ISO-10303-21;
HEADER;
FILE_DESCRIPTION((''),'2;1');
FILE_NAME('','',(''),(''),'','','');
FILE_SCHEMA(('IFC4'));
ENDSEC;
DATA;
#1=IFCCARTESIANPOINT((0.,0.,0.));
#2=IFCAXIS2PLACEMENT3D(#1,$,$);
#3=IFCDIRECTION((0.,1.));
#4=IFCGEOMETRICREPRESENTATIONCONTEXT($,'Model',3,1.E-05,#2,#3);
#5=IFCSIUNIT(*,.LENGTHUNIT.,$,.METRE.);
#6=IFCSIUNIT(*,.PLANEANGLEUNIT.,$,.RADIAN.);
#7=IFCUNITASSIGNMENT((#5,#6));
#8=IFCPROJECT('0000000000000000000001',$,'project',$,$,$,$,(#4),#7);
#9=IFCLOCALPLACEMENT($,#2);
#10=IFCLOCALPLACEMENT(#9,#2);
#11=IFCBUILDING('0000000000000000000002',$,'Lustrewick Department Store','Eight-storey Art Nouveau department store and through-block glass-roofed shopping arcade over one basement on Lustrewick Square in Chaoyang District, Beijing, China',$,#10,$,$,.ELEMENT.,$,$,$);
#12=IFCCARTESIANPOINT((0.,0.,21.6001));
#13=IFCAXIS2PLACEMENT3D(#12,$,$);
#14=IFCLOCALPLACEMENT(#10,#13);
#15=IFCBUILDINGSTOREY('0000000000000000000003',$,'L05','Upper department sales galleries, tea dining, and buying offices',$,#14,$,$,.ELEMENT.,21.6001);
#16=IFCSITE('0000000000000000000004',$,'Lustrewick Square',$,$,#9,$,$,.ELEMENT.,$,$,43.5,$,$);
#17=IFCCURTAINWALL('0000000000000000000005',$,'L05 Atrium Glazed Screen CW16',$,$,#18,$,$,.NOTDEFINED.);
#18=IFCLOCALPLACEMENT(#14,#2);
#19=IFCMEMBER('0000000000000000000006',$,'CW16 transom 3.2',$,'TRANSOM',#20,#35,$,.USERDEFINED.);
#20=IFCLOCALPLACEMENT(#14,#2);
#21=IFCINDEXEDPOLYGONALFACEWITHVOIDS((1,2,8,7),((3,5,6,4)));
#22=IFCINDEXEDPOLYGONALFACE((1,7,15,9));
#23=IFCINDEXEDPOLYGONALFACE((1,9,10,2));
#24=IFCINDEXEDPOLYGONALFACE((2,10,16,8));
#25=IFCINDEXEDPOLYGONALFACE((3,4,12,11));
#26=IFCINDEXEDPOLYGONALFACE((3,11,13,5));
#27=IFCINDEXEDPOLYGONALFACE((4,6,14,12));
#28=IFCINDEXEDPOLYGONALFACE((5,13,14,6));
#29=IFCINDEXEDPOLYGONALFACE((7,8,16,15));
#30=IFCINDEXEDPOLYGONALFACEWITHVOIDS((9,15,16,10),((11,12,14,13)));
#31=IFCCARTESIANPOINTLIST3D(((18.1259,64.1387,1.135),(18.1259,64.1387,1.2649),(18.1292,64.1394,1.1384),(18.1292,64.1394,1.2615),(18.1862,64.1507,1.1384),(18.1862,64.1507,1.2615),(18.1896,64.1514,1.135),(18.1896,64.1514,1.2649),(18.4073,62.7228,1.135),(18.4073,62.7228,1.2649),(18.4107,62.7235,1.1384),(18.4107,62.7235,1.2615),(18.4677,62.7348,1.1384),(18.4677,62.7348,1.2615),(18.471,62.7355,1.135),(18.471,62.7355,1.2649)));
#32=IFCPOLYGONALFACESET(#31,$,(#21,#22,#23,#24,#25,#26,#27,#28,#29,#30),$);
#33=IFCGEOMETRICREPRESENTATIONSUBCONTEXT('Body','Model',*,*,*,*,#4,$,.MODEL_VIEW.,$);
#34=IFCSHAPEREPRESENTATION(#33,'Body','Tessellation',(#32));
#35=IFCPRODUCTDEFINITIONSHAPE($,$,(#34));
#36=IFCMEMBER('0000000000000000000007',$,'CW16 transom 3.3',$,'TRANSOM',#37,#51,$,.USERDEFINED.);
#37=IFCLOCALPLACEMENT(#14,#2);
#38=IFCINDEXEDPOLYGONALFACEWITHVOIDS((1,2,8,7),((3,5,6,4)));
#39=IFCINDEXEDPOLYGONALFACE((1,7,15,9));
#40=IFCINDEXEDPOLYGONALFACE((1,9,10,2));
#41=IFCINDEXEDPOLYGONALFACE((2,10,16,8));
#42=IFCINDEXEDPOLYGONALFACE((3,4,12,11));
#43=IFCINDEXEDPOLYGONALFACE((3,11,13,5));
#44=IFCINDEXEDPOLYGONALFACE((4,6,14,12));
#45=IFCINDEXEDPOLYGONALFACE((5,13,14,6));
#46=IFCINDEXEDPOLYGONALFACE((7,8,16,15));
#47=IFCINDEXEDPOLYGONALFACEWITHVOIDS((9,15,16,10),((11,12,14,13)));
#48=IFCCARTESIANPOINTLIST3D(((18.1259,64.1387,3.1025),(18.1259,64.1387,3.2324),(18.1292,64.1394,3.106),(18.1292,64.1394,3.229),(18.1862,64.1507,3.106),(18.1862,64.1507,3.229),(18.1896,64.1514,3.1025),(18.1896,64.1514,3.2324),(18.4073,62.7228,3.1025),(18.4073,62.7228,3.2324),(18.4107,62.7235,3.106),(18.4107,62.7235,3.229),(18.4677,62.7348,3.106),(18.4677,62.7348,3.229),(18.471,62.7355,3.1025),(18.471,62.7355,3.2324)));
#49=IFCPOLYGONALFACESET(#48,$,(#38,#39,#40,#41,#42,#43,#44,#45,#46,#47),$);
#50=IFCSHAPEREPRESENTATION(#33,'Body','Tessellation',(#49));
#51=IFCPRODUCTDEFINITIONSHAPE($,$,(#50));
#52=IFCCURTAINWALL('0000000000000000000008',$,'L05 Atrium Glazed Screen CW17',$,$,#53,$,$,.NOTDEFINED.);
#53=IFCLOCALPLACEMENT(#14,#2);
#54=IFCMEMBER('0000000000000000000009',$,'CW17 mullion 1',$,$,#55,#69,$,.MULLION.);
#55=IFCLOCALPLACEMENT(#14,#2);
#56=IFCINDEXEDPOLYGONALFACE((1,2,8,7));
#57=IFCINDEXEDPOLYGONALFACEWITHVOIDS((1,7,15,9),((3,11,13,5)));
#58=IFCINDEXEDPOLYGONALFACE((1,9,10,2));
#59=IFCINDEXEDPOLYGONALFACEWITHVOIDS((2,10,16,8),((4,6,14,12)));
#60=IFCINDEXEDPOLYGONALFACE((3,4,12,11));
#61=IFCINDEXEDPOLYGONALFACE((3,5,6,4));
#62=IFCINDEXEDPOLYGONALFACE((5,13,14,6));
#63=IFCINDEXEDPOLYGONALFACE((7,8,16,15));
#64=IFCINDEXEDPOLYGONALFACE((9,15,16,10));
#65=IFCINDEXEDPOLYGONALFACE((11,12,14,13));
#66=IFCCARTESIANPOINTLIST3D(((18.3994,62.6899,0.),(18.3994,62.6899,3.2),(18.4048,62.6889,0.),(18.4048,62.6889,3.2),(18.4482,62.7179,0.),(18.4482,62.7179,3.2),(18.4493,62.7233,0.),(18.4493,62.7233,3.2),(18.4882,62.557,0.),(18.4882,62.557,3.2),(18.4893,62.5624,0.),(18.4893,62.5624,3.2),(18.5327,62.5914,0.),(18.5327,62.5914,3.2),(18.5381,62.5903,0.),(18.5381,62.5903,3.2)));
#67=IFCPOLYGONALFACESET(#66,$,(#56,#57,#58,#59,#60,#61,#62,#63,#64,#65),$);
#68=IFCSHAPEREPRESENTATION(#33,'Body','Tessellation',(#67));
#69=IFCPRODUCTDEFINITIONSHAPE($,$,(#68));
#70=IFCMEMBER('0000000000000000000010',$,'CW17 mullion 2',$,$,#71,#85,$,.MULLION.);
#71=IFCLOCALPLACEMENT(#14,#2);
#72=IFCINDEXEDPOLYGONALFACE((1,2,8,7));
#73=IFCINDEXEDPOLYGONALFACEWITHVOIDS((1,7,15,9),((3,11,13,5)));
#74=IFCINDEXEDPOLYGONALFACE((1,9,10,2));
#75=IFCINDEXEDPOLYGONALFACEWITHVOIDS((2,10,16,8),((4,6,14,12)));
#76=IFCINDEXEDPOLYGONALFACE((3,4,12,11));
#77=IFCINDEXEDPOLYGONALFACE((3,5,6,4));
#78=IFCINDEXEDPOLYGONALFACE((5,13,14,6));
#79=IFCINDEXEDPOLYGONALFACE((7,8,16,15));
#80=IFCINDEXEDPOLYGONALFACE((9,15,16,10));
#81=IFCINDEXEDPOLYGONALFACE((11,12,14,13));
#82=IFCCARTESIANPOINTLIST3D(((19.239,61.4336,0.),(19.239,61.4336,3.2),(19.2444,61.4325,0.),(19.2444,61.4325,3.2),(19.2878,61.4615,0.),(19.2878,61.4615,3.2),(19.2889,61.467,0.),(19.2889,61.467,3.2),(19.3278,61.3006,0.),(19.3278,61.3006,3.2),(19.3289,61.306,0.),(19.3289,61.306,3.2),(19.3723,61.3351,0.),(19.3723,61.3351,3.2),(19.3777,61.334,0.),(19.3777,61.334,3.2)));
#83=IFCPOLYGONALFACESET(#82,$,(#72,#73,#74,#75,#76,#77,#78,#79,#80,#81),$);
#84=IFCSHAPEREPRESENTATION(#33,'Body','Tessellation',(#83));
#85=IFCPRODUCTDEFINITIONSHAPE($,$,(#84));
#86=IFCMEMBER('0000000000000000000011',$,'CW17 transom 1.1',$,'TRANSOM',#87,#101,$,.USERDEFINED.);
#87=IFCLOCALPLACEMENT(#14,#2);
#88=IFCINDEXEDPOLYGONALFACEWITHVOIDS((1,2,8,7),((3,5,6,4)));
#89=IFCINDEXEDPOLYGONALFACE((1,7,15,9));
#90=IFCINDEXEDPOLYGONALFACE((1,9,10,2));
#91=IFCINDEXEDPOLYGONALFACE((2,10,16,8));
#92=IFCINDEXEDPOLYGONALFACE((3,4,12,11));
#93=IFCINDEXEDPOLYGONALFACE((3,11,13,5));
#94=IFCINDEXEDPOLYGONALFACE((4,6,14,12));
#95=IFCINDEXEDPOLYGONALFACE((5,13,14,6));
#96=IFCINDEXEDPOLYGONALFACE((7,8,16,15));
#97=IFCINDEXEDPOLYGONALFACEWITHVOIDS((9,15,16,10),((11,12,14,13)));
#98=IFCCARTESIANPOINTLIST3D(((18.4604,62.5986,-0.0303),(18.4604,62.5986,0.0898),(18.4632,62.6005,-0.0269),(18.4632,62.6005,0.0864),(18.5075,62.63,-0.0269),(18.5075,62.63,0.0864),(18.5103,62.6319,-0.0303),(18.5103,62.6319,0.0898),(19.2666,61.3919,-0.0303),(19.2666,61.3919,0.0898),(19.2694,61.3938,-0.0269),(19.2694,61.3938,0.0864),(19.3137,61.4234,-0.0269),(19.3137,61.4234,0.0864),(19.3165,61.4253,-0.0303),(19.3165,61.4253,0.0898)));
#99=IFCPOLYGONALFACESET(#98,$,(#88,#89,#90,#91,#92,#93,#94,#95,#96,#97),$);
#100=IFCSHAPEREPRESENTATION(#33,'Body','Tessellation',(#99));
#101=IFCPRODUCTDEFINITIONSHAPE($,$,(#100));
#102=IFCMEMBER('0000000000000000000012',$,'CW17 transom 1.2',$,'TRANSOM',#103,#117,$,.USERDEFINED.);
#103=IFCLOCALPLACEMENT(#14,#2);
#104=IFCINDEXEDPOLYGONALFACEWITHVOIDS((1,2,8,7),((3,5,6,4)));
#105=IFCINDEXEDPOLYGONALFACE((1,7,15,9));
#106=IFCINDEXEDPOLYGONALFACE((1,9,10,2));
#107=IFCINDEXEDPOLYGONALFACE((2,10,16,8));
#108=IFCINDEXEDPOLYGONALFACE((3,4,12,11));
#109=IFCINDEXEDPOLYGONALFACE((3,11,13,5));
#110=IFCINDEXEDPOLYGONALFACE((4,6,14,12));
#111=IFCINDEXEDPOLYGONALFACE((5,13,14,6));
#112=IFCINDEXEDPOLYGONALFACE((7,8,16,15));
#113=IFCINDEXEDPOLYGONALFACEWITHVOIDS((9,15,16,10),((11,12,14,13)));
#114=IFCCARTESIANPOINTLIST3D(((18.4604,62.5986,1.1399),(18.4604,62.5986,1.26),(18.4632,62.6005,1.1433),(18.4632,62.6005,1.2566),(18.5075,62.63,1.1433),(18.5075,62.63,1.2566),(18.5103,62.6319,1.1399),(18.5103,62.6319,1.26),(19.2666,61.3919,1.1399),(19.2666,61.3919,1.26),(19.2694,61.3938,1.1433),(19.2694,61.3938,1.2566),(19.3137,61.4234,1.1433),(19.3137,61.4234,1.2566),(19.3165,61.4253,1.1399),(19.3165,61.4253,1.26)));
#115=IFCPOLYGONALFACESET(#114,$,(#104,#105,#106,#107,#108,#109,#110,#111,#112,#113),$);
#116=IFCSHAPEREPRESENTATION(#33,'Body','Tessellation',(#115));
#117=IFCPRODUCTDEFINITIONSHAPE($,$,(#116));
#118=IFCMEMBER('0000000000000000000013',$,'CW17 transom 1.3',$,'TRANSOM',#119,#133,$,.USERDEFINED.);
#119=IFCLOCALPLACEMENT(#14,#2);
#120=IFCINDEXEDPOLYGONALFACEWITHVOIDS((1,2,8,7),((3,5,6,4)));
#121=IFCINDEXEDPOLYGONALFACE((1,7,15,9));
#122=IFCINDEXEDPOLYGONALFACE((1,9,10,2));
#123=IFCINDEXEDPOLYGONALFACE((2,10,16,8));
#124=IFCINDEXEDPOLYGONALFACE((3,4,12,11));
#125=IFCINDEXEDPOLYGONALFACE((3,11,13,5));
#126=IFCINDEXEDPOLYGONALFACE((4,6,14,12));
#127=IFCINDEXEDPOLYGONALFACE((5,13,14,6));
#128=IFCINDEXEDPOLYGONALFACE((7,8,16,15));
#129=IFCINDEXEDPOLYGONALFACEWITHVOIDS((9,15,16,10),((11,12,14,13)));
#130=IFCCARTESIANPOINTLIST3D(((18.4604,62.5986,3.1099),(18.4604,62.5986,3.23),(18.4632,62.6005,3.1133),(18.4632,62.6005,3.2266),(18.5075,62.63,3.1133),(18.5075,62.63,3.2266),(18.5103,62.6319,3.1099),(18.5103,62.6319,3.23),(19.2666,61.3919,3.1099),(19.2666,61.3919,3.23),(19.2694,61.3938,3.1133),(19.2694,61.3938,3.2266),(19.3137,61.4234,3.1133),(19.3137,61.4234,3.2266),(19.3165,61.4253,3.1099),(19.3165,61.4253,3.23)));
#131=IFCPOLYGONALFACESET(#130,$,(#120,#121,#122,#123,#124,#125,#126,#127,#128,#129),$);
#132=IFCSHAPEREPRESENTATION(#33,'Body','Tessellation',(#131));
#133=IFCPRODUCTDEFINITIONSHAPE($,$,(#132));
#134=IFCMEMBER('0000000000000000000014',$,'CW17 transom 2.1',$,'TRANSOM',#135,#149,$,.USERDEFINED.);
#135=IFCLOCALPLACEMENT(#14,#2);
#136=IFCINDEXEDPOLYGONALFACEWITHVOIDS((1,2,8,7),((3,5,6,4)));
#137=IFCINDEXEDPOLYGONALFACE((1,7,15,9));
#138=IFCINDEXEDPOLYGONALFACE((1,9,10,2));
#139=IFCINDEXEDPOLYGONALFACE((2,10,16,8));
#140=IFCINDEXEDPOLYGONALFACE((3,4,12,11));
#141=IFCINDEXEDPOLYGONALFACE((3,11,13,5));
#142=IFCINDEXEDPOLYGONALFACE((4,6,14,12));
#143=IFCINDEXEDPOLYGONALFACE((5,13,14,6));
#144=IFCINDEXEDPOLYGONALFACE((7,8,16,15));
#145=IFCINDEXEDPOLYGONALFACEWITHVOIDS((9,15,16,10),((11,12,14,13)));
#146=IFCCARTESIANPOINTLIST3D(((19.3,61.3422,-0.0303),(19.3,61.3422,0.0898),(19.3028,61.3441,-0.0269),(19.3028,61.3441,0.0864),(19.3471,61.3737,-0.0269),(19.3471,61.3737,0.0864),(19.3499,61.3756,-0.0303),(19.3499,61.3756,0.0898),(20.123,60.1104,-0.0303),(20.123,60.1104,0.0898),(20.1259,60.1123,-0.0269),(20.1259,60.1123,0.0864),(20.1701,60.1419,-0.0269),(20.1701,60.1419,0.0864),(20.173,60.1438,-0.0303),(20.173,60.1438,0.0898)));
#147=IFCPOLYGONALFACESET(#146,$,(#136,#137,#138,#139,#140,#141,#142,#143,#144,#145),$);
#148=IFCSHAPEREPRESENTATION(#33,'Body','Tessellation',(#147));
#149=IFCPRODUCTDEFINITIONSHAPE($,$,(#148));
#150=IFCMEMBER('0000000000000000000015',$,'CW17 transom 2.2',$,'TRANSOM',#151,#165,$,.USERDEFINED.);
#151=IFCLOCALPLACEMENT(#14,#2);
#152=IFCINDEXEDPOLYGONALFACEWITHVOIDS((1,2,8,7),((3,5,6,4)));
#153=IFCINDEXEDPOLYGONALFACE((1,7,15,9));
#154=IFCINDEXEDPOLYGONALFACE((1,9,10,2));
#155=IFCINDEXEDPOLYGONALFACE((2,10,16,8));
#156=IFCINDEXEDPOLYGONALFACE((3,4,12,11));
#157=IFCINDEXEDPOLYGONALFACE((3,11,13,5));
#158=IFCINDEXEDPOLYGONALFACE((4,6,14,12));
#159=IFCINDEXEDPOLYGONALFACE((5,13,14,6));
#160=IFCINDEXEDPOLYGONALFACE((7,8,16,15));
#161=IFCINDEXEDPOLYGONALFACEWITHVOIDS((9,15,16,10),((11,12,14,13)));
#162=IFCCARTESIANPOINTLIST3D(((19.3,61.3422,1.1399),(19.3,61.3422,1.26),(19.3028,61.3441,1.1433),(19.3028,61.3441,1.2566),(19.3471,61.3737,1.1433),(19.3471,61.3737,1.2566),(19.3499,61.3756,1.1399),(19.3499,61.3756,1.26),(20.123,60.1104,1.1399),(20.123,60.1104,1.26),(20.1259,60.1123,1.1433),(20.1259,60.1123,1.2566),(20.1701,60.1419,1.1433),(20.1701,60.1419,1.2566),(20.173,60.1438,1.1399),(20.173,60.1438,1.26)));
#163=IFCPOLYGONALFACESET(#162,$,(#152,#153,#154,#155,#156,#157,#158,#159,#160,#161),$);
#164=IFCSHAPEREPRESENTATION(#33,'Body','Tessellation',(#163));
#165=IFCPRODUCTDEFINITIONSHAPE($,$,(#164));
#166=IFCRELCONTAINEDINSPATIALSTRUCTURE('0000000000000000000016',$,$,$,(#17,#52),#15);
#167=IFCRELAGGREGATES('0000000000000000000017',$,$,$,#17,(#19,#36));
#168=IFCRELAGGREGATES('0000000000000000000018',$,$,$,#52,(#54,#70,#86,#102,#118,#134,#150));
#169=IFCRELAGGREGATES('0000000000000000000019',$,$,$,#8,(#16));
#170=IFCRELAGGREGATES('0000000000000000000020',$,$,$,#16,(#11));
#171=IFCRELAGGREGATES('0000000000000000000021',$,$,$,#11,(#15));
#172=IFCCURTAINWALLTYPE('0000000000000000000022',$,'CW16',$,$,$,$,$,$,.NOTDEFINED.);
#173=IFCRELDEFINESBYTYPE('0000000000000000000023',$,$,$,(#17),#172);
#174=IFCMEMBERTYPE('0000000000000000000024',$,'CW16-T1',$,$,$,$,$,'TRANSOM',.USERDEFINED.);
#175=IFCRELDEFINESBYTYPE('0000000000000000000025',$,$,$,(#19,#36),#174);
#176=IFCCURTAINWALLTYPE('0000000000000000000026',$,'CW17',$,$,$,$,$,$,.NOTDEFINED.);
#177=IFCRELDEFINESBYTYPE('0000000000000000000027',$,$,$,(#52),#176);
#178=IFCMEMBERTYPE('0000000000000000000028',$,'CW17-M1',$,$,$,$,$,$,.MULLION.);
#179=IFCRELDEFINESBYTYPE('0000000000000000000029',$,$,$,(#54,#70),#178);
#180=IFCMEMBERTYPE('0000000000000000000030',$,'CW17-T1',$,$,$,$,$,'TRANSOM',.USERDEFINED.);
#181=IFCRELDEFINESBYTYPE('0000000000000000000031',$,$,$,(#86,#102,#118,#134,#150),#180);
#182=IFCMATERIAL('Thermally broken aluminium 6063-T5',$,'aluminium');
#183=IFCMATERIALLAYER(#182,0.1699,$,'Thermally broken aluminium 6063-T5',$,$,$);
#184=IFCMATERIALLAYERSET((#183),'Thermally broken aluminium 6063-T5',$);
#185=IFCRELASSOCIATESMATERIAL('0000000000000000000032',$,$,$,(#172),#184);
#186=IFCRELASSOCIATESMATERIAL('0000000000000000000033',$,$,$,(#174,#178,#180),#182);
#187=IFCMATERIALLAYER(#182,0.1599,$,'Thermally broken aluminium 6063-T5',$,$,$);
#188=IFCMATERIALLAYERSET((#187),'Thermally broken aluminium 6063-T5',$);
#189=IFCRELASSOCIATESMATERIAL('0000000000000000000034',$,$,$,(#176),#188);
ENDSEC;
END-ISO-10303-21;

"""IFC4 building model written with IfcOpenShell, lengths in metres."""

from ifc_helpers import new_model, si_unit, direction, frame, origin, origin_2d, place, context, subcontext, project, spatial, hollow_rectangle, extrude, material, layer, layer_set, material_profile, profile_set, type_object, element, aggregate, save


model = new_model("IFC4")

# Units and contexts
model_context = context("Model", 3, precision=1e-05, world=origin(), true_north=direction((0.0, 1.0)))
body_context = subcontext(model_context, "Body", "Model", "MODEL_VIEW")
ifc_project = project(units=[si_unit("LENGTHUNIT", "METRE"), si_unit("PLANEANGLEUNIT", "RADIAN")], contexts=[model_context])

# Site, building, storey
site_placement = place(None, origin())
site = spatial("IfcSite", under=ifc_project, at=site_placement, Name="Lustrewick Square", CompositionType="ELEMENT", RefElevation=43.5)
building_placement = place(site_placement, origin())
building = spatial("IfcBuilding", under=site, at=building_placement, Name="Lustrewick Department Store", Description="Eight-storey Art Nouveau department store and through-block glass-roofed shopping arcade over one basement on Lustrewick Square in Chaoyang District, Beijing, China", CompositionType="ELEMENT")
storey_placement = place(building_placement, frame((0.0, 0.0, 21.6001)))
storey = spatial("IfcBuildingStorey", under=building, at=storey_placement, Name="L05", Description="Upper department sales galleries, tea dining, and buying offices", CompositionType="ELEMENT", Elevation=21.6001)

# Curtain walls, members
ifc_material_1 = material(Name="Thermally broken aluminium 6063-T5", Category="aluminium")
ifc_layer_1 = layer(ifc_material_1, 0.1699, Name="Thermally broken aluminium 6063-T5")
ifc_layer_set_1 = layer_set([ifc_layer_1], Name="Thermally broken aluminium 6063-T5")
curtain_wall_type_1 = type_object("IfcCurtainWallType", Name="CW16", PredefinedType="NOTDEFINED", material=ifc_layer_set_1)
curtain_wall_1_placement = place(storey_placement, origin())
curtain_wall_1 = element("IfcCurtainWall", 1, at=curtain_wall_1_placement, inside=storey, type_object=curtain_wall_type_1, Name="L05 Atrium Glazed Screen CW16", PredefinedType="NOTDEFINED")
ifc_material_profile_1 = material_profile(ifc_material_1, hollow_rectangle(XDim=0.0649, YDim=0.1299, WallThickness=0.0034, at=origin_2d()), Name="ALU-T 65x130x3.5")
ifc_profile_set_1 = profile_set([ifc_material_profile_1], Name="Thermally broken aluminium 6063-T5")
member_type_1 = type_object("IfcMemberType", Name="CW16-T1", ElementType="TRANSOM", PredefinedType="USERDEFINED", material=ifc_profile_set_1)
member_1_placement = place(storey_placement, frame((18.1577, 64.145, 1.2), z_axis=(0.194978, -0.980808, 0.0), x_axis=(0.980808, 0.194978, 0.0)))
member_1 = element("IfcMember", 2, at=member_1_placement, type_object=member_type_1, Name="CW16 transom 3.2", ObjectType="TRANSOM", PredefinedType="USERDEFINED", context=body_context, shape_type="SweptSolid", body=[
    extrude(hollow_rectangle(XDim=0.0649, YDim=0.1299, WallThickness=0.0034, at=origin_2d()), origin(), (0.0, 0.0, 1.0), 1.4436),
])
member_2_placement = place(storey_placement, frame((18.1577, 64.145, 3.1675), z_axis=(0.194978, -0.980808, 0.0), x_axis=(0.980808, 0.194978, 0.0)))
member_2 = element("IfcMember", 3, at=member_2_placement, type_object=member_type_1, Name="CW16 transom 3.3", ObjectType="TRANSOM", PredefinedType="USERDEFINED", context=body_context, shape_type="SweptSolid", body=[
    extrude(hollow_rectangle(XDim=0.0649, YDim=0.1299, WallThickness=0.0034, at=origin_2d()), origin(), (0.0, 0.0, 1.0), 1.4436),
])
ifc_layer_2 = layer(ifc_material_1, 0.1599, Name="Thermally broken aluminium 6063-T5")
ifc_layer_set_2 = layer_set([ifc_layer_2], Name="Thermally broken aluminium 6063-T5")
curtain_wall_type_2 = type_object("IfcCurtainWallType", Name="CW17", PredefinedType="NOTDEFINED", material=ifc_layer_set_2)
curtain_wall_2_placement = place(storey_placement, origin())
curtain_wall_2 = element("IfcCurtainWall", 4, at=curtain_wall_2_placement, inside=storey, type_object=curtain_wall_type_2, Name="L05 Atrium Glazed Screen CW17", PredefinedType="NOTDEFINED")
ifc_material_profile_2 = material_profile(ifc_material_1, hollow_rectangle(XDim=0.0601, YDim=0.1599, WallThickness=0.0039, at=origin_2d()), Name="ALU-M 60x160x4")
ifc_profile_set_2 = profile_set([ifc_material_profile_2], Name="Thermally broken aluminium 6063-T5")
member_type_2 = type_object("IfcMemberType", Name="CW17-M1", PredefinedType="MULLION", material=ifc_profile_set_2)
member_3_placement = place(storey_placement, frame((18.4688, 62.6401, 0.0), z_axis=(0.0, 0.0, 1.0), x_axis=(0.831464, 0.555578, 0.0)))
member_3 = element("IfcMember", 5, at=member_3_placement, type_object=member_type_2, Name="CW17 mullion 1", PredefinedType="MULLION", context=body_context, shape_type="SweptSolid", body=[
    extrude(hollow_rectangle(XDim=0.0601, YDim=0.1599, WallThickness=0.0039, at=origin_2d()), origin(), (0.0, 0.0, 1.0), 3.2),
])
member_4_placement = place(storey_placement, frame((19.3083, 61.3838, 0.0), z_axis=(0.0, 0.0, 1.0), x_axis=(0.831464, 0.555578, 0.0)))
member_4 = element("IfcMember", 6, at=member_4_placement, type_object=member_type_2, Name="CW17 mullion 2", PredefinedType="MULLION", context=body_context, shape_type="SweptSolid", body=[
    extrude(hollow_rectangle(XDim=0.0601, YDim=0.1599, WallThickness=0.0039, at=origin_2d()), origin(), (0.0, 0.0, 1.0), 3.2),
])
ifc_material_profile_3 = material_profile(ifc_material_1, hollow_rectangle(XDim=0.0601, YDim=0.1201, WallThickness=0.0034, at=origin_2d()), Name="ALU-T 60x120x3.5")
ifc_profile_set_3 = profile_set([ifc_material_profile_3], Name="Thermally broken aluminium 6063-T5")
member_type_3 = type_object("IfcMemberType", Name="CW17-T1", ElementType="TRANSOM", PredefinedType="USERDEFINED", material=ifc_profile_set_3)
member_5_placement = place(storey_placement, frame((18.4854, 62.6152, 0.0298), z_axis=(0.555554, -0.83148, 0.0), x_axis=(0.83148, 0.555554, 0.0)))
member_5 = element("IfcMember", 7, at=member_5_placement, type_object=member_type_3, Name="CW17 transom 1.1", ObjectType="TRANSOM", PredefinedType="USERDEFINED", context=body_context, shape_type="SweptSolid", body=[
    extrude(hollow_rectangle(XDim=0.0601, YDim=0.1201, WallThickness=0.0034, at=origin_2d()), origin(), (0.0, 0.0, 1.0), 1.4512),
])
member_6_placement = place(storey_placement, frame((18.4854, 62.6152, 1.2), z_axis=(0.555554, -0.83148, 0.0), x_axis=(0.83148, 0.555554, 0.0)))
member_6 = element("IfcMember", 8, at=member_6_placement, type_object=member_type_3, Name="CW17 transom 1.2", ObjectType="TRANSOM", PredefinedType="USERDEFINED", context=body_context, shape_type="SweptSolid", body=[
    extrude(hollow_rectangle(XDim=0.0601, YDim=0.1201, WallThickness=0.0034, at=origin_2d()), origin(), (0.0, 0.0, 1.0), 1.4512),
])
member_7_placement = place(storey_placement, frame((18.4854, 62.6152, 3.1699), z_axis=(0.555554, -0.83148, 0.0), x_axis=(0.83148, 0.555554, 0.0)))
member_7 = element("IfcMember", 9, at=member_7_placement, type_object=member_type_3, Name="CW17 transom 1.3", ObjectType="TRANSOM", PredefinedType="USERDEFINED", context=body_context, shape_type="SweptSolid", body=[
    extrude(hollow_rectangle(XDim=0.0601, YDim=0.1201, WallThickness=0.0034, at=origin_2d()), origin(), (0.0, 0.0, 1.0), 1.4512),
])
member_8_placement = place(storey_placement, frame((19.325, 61.3589, 0.0298), z_axis=(0.555575, -0.831467, 0.0), x_axis=(0.831467, 0.555575, 0.0)))
member_8 = element("IfcMember", 10, at=member_8_placement, type_object=member_type_3, Name="CW17 transom 2.1", ObjectType="TRANSOM", PredefinedType="USERDEFINED", context=body_context, shape_type="SweptSolid", body=[
    extrude(hollow_rectangle(XDim=0.0601, YDim=0.1201, WallThickness=0.0034, at=origin_2d()), origin(), (0.0, 0.0, 1.0), 1.4814),
])
member_9_placement = place(storey_placement, frame((19.325, 61.3589, 1.2), z_axis=(0.555575, -0.831467, 0.0), x_axis=(0.831467, 0.555575, 0.0)))
member_9 = element("IfcMember", 11, at=member_9_placement, type_object=member_type_3, Name="CW17 transom 2.2", ObjectType="TRANSOM", PredefinedType="USERDEFINED", context=body_context, shape_type="SweptSolid", body=[
    extrude(hollow_rectangle(XDim=0.0601, YDim=0.1201, WallThickness=0.0034, at=origin_2d()), origin(), (0.0, 0.0, 1.0), 1.4814),
])

aggregate(curtain_wall_1, [member_1, member_2])
aggregate(curtain_wall_2, [member_3, member_4, member_5, member_6, member_7, member_8, member_9])

save(model, "model.ifc")
